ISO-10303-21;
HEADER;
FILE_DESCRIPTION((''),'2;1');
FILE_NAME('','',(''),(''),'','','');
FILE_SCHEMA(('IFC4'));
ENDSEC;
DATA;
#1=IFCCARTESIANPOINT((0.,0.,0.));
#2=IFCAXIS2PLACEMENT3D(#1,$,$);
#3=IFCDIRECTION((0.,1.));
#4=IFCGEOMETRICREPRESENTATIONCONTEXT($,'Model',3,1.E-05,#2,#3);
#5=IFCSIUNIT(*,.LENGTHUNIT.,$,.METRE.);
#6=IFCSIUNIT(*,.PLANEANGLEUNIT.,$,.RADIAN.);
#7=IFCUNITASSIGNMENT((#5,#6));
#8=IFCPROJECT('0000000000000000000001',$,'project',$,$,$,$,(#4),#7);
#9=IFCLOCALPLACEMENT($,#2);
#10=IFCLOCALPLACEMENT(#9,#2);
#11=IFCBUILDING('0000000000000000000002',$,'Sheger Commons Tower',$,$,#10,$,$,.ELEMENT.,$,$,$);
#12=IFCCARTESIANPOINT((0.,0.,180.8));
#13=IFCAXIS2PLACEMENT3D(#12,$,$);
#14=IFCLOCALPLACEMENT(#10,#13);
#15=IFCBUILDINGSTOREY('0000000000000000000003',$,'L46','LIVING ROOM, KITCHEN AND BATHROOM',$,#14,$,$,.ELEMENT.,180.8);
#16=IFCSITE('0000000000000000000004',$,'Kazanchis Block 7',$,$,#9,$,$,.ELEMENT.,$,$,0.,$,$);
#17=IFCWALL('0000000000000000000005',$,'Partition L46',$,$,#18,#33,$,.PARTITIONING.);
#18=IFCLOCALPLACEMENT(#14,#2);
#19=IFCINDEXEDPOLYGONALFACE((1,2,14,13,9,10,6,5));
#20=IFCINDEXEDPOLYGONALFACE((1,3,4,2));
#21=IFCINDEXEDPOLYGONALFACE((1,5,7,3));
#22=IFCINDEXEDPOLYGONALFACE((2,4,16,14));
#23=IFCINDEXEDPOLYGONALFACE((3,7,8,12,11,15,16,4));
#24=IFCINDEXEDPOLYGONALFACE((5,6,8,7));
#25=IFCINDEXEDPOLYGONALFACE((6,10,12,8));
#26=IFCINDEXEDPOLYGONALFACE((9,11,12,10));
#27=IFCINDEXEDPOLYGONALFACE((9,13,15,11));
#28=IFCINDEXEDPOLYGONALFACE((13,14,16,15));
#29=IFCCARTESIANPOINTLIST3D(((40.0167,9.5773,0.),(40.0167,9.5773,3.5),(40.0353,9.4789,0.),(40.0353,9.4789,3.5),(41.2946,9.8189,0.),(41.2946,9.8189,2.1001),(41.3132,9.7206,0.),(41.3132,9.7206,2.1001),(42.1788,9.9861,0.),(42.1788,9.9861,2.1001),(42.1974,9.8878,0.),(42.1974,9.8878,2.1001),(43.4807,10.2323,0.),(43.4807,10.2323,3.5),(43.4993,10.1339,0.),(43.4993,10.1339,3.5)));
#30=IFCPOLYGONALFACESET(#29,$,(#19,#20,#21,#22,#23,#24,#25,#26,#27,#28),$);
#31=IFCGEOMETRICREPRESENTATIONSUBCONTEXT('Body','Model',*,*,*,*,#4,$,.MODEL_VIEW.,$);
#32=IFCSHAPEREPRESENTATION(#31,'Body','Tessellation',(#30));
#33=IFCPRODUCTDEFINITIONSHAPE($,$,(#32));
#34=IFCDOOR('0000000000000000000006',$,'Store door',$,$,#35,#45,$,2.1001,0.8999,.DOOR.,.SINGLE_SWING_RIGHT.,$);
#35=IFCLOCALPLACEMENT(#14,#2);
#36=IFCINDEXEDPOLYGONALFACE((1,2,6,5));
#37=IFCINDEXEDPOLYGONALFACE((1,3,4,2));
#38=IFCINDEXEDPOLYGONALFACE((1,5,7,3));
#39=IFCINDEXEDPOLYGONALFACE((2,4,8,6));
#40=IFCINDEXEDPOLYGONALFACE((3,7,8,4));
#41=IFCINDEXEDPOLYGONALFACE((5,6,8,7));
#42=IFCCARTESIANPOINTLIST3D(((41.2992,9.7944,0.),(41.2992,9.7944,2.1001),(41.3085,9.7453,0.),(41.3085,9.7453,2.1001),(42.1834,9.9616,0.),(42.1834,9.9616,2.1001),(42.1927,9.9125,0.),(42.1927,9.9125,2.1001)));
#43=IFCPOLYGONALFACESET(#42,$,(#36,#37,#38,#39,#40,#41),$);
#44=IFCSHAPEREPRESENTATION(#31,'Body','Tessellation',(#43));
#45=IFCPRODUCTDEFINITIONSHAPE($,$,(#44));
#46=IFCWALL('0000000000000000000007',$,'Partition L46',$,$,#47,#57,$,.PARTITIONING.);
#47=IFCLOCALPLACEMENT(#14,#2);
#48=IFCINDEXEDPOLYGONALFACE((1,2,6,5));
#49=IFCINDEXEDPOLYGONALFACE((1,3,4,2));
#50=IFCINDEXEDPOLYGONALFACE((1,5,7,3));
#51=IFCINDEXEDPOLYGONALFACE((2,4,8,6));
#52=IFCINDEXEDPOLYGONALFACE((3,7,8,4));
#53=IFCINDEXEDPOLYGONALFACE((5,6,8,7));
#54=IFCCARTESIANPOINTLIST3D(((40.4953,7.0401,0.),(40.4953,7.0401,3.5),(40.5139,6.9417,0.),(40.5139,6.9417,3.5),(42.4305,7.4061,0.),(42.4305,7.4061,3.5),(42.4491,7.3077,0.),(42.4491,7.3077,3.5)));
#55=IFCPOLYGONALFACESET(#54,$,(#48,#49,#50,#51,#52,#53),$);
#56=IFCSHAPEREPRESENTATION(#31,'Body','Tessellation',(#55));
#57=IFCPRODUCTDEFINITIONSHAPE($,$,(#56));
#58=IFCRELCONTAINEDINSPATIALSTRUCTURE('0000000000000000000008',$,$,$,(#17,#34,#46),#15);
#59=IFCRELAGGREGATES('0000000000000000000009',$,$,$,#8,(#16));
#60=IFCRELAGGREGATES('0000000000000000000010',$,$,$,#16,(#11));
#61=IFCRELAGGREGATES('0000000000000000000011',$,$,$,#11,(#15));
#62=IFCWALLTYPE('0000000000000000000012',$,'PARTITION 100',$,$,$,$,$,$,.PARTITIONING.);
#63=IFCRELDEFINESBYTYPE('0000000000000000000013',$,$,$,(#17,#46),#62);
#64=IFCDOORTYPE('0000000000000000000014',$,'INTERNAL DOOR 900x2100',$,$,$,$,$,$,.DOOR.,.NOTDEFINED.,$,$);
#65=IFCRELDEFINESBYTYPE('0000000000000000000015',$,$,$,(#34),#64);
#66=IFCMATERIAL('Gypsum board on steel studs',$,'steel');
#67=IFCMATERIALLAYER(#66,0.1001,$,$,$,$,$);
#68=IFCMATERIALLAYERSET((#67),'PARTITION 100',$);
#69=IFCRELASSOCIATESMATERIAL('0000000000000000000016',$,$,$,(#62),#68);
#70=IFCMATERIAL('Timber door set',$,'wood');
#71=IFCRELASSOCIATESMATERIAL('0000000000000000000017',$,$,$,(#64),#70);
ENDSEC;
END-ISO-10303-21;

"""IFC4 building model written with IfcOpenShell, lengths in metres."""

from ifc_helpers import new_model, si_unit, direction, frame, frame_2d, origin, place, context, subcontext, project, spatial, rectangle, extrude, material, layer, layer_set, type_object, element, fill, save


model = new_model("IFC4")

# Units and contexts
model_context = context("Model", 3, precision=1e-05, world=origin(), true_north=direction((0.0, 1.0)))
body_context = subcontext(model_context, "Body", "Model", "MODEL_VIEW")
ifc_project = project(units=[si_unit("LENGTHUNIT", "METRE"), si_unit("PLANEANGLEUNIT", "RADIAN")], contexts=[model_context])

# Site, building, storey
site_placement = place(None, origin())
site = spatial("IfcSite", under=ifc_project, at=site_placement, Name="Kazanchis Block 7", CompositionType="ELEMENT", RefElevation=0.0)
building_placement = place(site_placement, origin())
building = spatial("IfcBuilding", under=site, at=building_placement, Name="Sheger Commons Tower", CompositionType="ELEMENT")
storey_placement = place(building_placement, frame((0.0, 0.0, 180.8)))
storey = spatial("IfcBuildingStorey", under=building, at=storey_placement, Name="L46", Description="LIVING ROOM, KITCHEN AND BATHROOM", CompositionType="ELEMENT", Elevation=180.8)

# Shared definitions
ifc_material_1 = material(Name="Gypsum board on steel studs", Category="steel")
ifc_layer_1 = layer(ifc_material_1, 0.1001)
ifc_layer_set_1 = layer_set([ifc_layer_1], Name="PARTITION 100")
wall_type_1 = type_object("IfcWallType", Name="PARTITION 100", PredefinedType="PARTITIONING", material=ifc_layer_set_1)
ifc_material_2 = material(Name="Timber door set", Category="wood")
door_type_1 = type_object("IfcDoorType", Name="INTERNAL DOOR 900x2100", OperationType="NOTDEFINED", PredefinedType="DOOR", material=ifc_material_2)

# Wall, opening, door
wall_1_placement = place(storey_placement, frame((43.49, 10.1831, 0.0), z_axis=(0.0, 0.0, 1.0), x_axis=(-0.982588, -0.185798, 0.0)))
wall_1 = element("IfcWall", 1, at=wall_1_placement, inside=storey, type_object=wall_type_1, Name="Partition L46", PredefinedType="PARTITIONING", context=body_context, shape_type="SweptSolid", body=[
    extrude(rectangle(XDim=3.5254, YDim=0.1001, at=frame_2d((1.7627, 0.0))), origin(), (0.0, 0.0, 1.0), 3.5),
])
opening_1_placement = place(wall_1_placement, frame((1.325, 0.0, 0.0)))
opening_1 = element("IfcOpeningElement", 2, at=opening_1_placement, cuts=wall_1, PredefinedType="OPENING", context=body_context, shape_type="SweptSolid", body=[
    extrude(rectangle(XDim=0.8999, YDim=2.1001, at=frame_2d((0.45, 1.05))), frame((0.0, 0.0601, 0.0), z_axis=(0.0, -1.0, 0.0), x_axis=(1.0, 0.0, 0.0)), (0.0, 0.0, 1.0), 0.1201),
])
door_1_placement = place(opening_1_placement, origin())
door_1 = element("IfcDoor", 3, at=door_1_placement, inside=storey, type_object=door_type_1, Name="Store door", OperationType="SINGLE_SWING_RIGHT", OverallHeight=2.1001, OverallWidth=0.8999, PredefinedType="DOOR", context=body_context, shape_type="SweptSolid", body=[
    extrude(rectangle(XDim=0.8999, YDim=2.1001, at=frame_2d((0.45, 1.05))), frame((0.0, 0.0249, 0.0), z_axis=(0.0, -1.0, 0.0), x_axis=(1.0, 0.0, 0.0)), (0.0, 0.0, 1.0), 0.05),
])
fill(opening_1, door_1)

# Wall
wall_2_placement = place(storey_placement, frame((42.4399, 7.3569, 0.0), z_axis=(0.0, 0.0, 1.0), x_axis=(-0.982582, -0.18583, 0.0)))
element("IfcWall", 4, at=wall_2_placement, inside=storey, type_object=wall_type_1, Name="Partition L46", PredefinedType="PARTITIONING", context=body_context, shape_type="SweptSolid", body=[
    extrude(rectangle(XDim=1.9695, YDim=0.1001, at=frame_2d((0.9849, 0.0))), origin(), (0.0, 0.0, 1.0), 3.5),
])

save(model, "model.ifc")
